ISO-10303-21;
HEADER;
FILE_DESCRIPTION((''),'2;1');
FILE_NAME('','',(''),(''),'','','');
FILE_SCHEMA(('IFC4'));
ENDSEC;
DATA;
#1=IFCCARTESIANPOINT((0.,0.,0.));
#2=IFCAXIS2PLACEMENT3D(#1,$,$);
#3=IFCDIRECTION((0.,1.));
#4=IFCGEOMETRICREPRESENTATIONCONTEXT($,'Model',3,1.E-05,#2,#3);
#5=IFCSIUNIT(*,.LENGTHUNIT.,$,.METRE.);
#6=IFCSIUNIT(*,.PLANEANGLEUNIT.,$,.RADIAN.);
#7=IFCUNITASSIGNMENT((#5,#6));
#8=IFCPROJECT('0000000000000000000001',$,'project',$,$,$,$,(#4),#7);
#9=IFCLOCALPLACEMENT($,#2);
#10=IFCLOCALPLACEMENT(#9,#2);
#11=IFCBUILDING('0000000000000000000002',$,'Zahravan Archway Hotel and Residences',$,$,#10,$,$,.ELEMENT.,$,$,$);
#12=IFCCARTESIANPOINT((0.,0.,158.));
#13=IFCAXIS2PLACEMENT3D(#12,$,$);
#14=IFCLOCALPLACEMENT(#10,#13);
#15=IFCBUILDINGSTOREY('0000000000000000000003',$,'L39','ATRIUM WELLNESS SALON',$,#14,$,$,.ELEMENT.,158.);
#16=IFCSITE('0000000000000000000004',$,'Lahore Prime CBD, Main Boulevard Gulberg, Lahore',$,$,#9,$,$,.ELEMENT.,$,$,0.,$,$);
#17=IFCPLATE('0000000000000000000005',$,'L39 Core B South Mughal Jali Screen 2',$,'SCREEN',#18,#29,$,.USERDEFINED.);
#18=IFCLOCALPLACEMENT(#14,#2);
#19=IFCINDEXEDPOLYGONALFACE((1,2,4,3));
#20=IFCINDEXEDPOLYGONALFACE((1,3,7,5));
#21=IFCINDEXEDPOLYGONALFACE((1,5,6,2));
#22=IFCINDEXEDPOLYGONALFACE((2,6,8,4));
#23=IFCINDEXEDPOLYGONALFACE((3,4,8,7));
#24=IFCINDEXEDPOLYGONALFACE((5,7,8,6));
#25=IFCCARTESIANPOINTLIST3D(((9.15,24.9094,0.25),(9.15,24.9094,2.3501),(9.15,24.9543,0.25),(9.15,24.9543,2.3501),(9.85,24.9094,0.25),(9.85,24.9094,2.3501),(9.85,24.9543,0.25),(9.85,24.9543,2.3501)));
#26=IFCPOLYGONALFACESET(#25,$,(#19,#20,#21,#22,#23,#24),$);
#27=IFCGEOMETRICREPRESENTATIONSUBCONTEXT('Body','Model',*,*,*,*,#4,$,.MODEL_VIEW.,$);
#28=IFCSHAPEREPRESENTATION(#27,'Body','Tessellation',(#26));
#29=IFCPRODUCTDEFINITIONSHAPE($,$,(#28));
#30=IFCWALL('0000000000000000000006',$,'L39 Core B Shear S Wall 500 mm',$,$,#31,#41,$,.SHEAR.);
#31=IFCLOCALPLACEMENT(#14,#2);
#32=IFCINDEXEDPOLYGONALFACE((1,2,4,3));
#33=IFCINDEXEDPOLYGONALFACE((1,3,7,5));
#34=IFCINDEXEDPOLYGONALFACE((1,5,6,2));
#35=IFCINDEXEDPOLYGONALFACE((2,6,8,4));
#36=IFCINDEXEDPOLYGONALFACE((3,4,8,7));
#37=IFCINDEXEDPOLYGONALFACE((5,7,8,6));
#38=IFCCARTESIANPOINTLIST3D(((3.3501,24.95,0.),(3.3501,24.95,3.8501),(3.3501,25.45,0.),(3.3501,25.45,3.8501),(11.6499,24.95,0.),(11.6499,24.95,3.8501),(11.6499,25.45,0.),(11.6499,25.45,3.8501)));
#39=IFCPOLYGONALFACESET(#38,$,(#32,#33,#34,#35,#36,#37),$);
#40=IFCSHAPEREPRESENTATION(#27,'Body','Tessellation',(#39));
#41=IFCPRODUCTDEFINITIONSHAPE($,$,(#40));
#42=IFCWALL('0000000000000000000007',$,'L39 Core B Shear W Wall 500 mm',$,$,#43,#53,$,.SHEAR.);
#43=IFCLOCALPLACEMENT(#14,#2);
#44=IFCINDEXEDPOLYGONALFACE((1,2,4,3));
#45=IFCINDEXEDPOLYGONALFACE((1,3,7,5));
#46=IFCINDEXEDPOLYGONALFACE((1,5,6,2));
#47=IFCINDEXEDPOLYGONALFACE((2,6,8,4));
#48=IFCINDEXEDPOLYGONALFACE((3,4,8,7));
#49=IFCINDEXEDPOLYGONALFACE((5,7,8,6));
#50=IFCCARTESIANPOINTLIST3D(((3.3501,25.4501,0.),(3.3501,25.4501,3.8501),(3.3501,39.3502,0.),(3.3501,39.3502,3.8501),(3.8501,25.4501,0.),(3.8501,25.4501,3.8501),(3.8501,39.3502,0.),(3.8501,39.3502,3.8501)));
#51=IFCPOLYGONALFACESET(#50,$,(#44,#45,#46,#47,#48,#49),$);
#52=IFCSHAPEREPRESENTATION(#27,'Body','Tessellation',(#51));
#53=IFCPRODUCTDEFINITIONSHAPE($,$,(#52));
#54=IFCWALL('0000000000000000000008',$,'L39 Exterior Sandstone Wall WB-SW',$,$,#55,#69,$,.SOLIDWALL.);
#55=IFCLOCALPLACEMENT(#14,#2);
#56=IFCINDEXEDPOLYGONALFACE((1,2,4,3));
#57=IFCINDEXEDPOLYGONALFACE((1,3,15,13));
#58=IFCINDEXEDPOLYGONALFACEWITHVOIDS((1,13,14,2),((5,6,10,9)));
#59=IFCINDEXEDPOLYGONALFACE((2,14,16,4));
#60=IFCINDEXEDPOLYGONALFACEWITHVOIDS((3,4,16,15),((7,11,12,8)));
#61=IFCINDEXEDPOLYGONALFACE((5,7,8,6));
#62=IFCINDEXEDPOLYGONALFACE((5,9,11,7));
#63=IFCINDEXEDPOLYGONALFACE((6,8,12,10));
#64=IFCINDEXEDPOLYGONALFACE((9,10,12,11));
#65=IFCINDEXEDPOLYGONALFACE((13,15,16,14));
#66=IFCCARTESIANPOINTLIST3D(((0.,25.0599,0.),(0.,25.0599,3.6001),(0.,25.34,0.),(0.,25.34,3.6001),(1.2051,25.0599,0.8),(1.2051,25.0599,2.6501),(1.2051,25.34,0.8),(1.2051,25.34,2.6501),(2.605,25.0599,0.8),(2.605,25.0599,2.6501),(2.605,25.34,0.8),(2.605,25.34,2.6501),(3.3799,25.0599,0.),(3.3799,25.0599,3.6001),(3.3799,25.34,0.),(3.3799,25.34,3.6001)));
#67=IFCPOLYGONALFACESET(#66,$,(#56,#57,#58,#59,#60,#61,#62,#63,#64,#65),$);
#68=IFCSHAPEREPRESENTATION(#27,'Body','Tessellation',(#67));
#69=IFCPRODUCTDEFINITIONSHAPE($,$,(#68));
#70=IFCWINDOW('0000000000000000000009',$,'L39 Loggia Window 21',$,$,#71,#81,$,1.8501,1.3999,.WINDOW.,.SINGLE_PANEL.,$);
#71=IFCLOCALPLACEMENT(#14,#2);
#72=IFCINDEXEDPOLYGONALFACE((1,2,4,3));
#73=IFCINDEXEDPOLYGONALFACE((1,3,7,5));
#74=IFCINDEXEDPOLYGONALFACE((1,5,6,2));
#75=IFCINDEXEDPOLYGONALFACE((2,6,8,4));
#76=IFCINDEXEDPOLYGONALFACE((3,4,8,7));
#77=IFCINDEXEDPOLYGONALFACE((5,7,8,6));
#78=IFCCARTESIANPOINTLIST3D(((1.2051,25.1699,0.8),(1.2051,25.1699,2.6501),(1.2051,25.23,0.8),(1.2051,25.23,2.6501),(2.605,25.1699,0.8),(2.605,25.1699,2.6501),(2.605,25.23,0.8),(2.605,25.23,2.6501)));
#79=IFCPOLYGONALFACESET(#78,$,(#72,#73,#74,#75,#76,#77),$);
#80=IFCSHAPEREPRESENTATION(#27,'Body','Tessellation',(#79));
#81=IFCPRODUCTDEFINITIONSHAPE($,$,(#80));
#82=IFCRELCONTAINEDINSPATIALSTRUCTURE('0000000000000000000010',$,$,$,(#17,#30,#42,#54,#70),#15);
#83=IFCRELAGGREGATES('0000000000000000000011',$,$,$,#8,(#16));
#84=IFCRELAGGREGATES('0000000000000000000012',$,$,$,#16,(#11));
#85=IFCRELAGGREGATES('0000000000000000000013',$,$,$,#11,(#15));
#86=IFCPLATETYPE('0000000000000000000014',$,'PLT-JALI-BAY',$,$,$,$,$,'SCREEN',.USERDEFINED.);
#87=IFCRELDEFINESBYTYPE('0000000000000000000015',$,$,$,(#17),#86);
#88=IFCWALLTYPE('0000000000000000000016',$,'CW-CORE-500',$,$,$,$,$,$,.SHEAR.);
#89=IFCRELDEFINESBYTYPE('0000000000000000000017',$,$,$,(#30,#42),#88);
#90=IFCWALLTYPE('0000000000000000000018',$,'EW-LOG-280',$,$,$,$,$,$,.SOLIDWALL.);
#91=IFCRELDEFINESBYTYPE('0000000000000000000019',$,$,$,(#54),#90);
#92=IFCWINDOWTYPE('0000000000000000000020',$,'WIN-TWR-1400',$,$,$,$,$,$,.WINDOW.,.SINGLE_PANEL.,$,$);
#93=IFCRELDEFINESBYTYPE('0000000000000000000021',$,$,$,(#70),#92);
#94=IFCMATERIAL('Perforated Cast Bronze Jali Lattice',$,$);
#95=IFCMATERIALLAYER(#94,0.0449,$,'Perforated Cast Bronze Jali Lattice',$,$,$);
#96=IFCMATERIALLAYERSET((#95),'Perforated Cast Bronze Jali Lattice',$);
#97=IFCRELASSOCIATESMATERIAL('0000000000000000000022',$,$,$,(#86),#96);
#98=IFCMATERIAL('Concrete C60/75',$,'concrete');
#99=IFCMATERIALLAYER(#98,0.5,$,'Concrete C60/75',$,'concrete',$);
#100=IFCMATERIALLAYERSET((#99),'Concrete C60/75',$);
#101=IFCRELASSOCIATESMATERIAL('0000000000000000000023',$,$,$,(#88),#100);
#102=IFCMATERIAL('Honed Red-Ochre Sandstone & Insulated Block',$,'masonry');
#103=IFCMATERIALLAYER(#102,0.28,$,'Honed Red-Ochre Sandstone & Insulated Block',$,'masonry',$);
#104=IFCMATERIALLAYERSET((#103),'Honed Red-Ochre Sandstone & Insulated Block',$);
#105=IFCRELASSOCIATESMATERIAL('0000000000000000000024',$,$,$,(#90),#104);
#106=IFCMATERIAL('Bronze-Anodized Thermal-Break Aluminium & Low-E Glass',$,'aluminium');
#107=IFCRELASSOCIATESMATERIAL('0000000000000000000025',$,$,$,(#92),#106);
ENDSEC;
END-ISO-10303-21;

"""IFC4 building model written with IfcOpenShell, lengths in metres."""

from ifc_helpers import new_model, si_unit, direction, frame, frame_2d, origin, origin_2d, place, context, subcontext, project, spatial, rectangle, extrude, source, transform, mapped, material, layer, layer_set, type_object, type_shapes, element, fill, save


model = new_model("IFC4")

# Units and contexts
model_context = context("Model", 3, precision=1e-05, world=origin(), true_north=direction((0.0, 1.0)))
body_context = subcontext(model_context, "Body", "Model", "MODEL_VIEW")
ifc_project = project(units=[si_unit("LENGTHUNIT", "METRE"), si_unit("PLANEANGLEUNIT", "RADIAN")], contexts=[model_context])

# Site, building, storey
site_placement = place(None, origin())
site = spatial("IfcSite", under=ifc_project, at=site_placement, Name="Lahore Prime CBD, Main Boulevard Gulberg, Lahore", CompositionType="ELEMENT", RefElevation=0.0)
building_placement = place(site_placement, origin())
building = spatial("IfcBuilding", under=site, at=building_placement, Name="Zahravan Archway Hotel and Residences", CompositionType="ELEMENT")
storey_placement = place(building_placement, frame((0.0, 0.0, 158.0)))
storey = spatial("IfcBuildingStorey", under=building, at=storey_placement, Name="L39", Description="ATRIUM WELLNESS SALON", CompositionType="ELEMENT", Elevation=158.0)

# Shared definitions
ifc_material_1 = material(Name="Concrete C60/75", Category="concrete")

# Plate
ifc_material_2 = material(Name="Perforated Cast Bronze Jali Lattice")
ifc_layer_1 = layer(ifc_material_2, 0.0449, Name="Perforated Cast Bronze Jali Lattice")
ifc_layer_set_1 = layer_set([ifc_layer_1], Name="Perforated Cast Bronze Jali Lattice")
plate_type = type_object("IfcPlateType", Name="PLT-JALI-BAY", ElementType="SCREEN", PredefinedType="USERDEFINED", material=ifc_layer_set_1)
shared_shape_1 = source(origin(), body_context, "Body", "SweptSolid", [
    extrude(rectangle(XDim=0.7, YDim=0.0449, at=origin_2d()), origin(), (0.0, 0.0, 1.0), 2.1001),
])
type_shapes(plate_type, [shared_shape_1])
for number, where, z_axis, x_axis, name in (
    (1, (9.5, 24.9319, 0.25), (0.0, 0.0, 1.0), (1.0, 0.0, 0.0), "L39 Core B South Mughal Jali Screen 2"),
):
    element("IfcPlate", number, at=place(storey_placement, frame(where, z_axis=z_axis, x_axis=x_axis)), inside=storey, type_object=plate_type, Name=name, ObjectType="SCREEN", PredefinedType="USERDEFINED", context=body_context, shape_type="MappedRepresentation", body=[
        mapped(shared_shape_1, transform((0.0, 0.0, 0.0), scale=1.0)),
    ])

# Walls
ifc_layer_2 = layer(ifc_material_1, 0.5, Name="Concrete C60/75", Category="concrete")
ifc_layer_set_2 = layer_set([ifc_layer_2], Name="Concrete C60/75")
wall_type_1 = type_object("IfcWallType", Name="CW-CORE-500", PredefinedType="SHEAR", material=ifc_layer_set_2)
wall_1_placement = place(storey_placement, frame((3.3501, 25.2, 0.0), z_axis=(0.0, 0.0, 1.0), x_axis=(1.0, 0.0, 0.0)))
element("IfcWall", 2, at=wall_1_placement, inside=storey, type_object=wall_type_1, Name="L39 Core B Shear S Wall 500 mm", PredefinedType="SHEAR", context=body_context, shape_type="SweptSolid", body=[
    extrude(rectangle(XDim=8.2998, YDim=0.5, at=frame_2d((4.1499, 0.0))), origin(), (0.0, 0.0, 1.0), 3.8501),
])
wall_2_placement = place(storey_placement, frame((3.6001, 25.45, 0.0), z_axis=(0.0, 0.0, 1.0), x_axis=(0.0, 1.0, 0.0)))
element("IfcWall", 3, at=wall_2_placement, inside=storey, type_object=wall_type_1, Name="L39 Core B Shear W Wall 500 mm", PredefinedType="SHEAR", context=body_context, shape_type="SweptSolid", body=[
    extrude(rectangle(XDim=13.9001, YDim=0.5, at=frame_2d((6.9502, 0.0))), origin(), (0.0, 0.0, 1.0), 3.8501),
])

# Wall, opening, window
ifc_material_3 = material(Name="Honed Red-Ochre Sandstone & Insulated Block", Category="masonry")
ifc_layer_3 = layer(ifc_material_3, 0.28, Name="Honed Red-Ochre Sandstone & Insulated Block", Category="masonry")
ifc_layer_set_3 = layer_set([ifc_layer_3], Name="Honed Red-Ochre Sandstone & Insulated Block")
wall_type_2 = type_object("IfcWallType", Name="EW-LOG-280", PredefinedType="SOLIDWALL", material=ifc_layer_set_3)
wall_3_placement = place(storey_placement, frame((0.0, 25.2, 0.0), z_axis=(0.0, 0.0, 1.0), x_axis=(1.0, 0.0, 0.0)))
wall_3 = element("IfcWall", 4, at=wall_3_placement, inside=storey, type_object=wall_type_2, Name="L39 Exterior Sandstone Wall WB-SW", PredefinedType="SOLIDWALL", context=body_context, shape_type="SweptSolid", body=[
    extrude(rectangle(XDim=3.3799, YDim=0.28, at=frame_2d((1.6899, 0.0))), origin(), (0.0, 0.0, 1.0), 3.6001),
])
opening_1_placement = place(wall_3_placement, frame((1.2051, 0.0, 0.8)))
opening_1 = element("IfcOpeningElement", 5, at=opening_1_placement, cuts=wall_3, PredefinedType="OPENING", context=body_context, shape_type="SweptSolid", body=[
    extrude(rectangle(XDim=1.3999, YDim=1.8501, at=frame_2d((0.7, 0.925))), frame((0.0, 0.1499, 0.0), z_axis=(0.0, -1.0, 0.0), x_axis=(1.0, 0.0, 0.0)), (0.0, 0.0, 1.0), 0.3),
])
ifc_material_4 = material(Name="Bronze-Anodized Thermal-Break Aluminium & Low-E Glass", Category="aluminium")
window_type_1 = type_object("IfcWindowType", Name="WIN-TWR-1400", PartitioningType="SINGLE_PANEL", PredefinedType="WINDOW", material=ifc_material_4)
shared_shape_2 = source(origin(), body_context, "Body", "SweptSolid", [
    extrude(rectangle(XDim=1.3999, YDim=1.8501, at=frame_2d((0.7, 0.925))), frame((0.0, 0.03, 0.0), z_axis=(0.0, -1.0, 0.0), x_axis=(1.0, 0.0, 0.0)), (0.0, 0.0, 1.0), 0.0601),
])
type_shapes(window_type_1, [shared_shape_2])
window_1_placement = place(opening_1_placement, origin())
window_1 = element("IfcWindow", 6, at=window_1_placement, inside=storey, type_object=window_type_1, Name="L39 Loggia Window 21", OverallHeight=1.8501, OverallWidth=1.3999, PartitioningType="SINGLE_PANEL", PredefinedType="WINDOW", context=body_context, shape_type="MappedRepresentation", body=[
    mapped(shared_shape_2, transform((0.0, 0.0, 0.0), scale=1.0)),
])
fill(opening_1, window_1)

save(model, "model.ifc")
